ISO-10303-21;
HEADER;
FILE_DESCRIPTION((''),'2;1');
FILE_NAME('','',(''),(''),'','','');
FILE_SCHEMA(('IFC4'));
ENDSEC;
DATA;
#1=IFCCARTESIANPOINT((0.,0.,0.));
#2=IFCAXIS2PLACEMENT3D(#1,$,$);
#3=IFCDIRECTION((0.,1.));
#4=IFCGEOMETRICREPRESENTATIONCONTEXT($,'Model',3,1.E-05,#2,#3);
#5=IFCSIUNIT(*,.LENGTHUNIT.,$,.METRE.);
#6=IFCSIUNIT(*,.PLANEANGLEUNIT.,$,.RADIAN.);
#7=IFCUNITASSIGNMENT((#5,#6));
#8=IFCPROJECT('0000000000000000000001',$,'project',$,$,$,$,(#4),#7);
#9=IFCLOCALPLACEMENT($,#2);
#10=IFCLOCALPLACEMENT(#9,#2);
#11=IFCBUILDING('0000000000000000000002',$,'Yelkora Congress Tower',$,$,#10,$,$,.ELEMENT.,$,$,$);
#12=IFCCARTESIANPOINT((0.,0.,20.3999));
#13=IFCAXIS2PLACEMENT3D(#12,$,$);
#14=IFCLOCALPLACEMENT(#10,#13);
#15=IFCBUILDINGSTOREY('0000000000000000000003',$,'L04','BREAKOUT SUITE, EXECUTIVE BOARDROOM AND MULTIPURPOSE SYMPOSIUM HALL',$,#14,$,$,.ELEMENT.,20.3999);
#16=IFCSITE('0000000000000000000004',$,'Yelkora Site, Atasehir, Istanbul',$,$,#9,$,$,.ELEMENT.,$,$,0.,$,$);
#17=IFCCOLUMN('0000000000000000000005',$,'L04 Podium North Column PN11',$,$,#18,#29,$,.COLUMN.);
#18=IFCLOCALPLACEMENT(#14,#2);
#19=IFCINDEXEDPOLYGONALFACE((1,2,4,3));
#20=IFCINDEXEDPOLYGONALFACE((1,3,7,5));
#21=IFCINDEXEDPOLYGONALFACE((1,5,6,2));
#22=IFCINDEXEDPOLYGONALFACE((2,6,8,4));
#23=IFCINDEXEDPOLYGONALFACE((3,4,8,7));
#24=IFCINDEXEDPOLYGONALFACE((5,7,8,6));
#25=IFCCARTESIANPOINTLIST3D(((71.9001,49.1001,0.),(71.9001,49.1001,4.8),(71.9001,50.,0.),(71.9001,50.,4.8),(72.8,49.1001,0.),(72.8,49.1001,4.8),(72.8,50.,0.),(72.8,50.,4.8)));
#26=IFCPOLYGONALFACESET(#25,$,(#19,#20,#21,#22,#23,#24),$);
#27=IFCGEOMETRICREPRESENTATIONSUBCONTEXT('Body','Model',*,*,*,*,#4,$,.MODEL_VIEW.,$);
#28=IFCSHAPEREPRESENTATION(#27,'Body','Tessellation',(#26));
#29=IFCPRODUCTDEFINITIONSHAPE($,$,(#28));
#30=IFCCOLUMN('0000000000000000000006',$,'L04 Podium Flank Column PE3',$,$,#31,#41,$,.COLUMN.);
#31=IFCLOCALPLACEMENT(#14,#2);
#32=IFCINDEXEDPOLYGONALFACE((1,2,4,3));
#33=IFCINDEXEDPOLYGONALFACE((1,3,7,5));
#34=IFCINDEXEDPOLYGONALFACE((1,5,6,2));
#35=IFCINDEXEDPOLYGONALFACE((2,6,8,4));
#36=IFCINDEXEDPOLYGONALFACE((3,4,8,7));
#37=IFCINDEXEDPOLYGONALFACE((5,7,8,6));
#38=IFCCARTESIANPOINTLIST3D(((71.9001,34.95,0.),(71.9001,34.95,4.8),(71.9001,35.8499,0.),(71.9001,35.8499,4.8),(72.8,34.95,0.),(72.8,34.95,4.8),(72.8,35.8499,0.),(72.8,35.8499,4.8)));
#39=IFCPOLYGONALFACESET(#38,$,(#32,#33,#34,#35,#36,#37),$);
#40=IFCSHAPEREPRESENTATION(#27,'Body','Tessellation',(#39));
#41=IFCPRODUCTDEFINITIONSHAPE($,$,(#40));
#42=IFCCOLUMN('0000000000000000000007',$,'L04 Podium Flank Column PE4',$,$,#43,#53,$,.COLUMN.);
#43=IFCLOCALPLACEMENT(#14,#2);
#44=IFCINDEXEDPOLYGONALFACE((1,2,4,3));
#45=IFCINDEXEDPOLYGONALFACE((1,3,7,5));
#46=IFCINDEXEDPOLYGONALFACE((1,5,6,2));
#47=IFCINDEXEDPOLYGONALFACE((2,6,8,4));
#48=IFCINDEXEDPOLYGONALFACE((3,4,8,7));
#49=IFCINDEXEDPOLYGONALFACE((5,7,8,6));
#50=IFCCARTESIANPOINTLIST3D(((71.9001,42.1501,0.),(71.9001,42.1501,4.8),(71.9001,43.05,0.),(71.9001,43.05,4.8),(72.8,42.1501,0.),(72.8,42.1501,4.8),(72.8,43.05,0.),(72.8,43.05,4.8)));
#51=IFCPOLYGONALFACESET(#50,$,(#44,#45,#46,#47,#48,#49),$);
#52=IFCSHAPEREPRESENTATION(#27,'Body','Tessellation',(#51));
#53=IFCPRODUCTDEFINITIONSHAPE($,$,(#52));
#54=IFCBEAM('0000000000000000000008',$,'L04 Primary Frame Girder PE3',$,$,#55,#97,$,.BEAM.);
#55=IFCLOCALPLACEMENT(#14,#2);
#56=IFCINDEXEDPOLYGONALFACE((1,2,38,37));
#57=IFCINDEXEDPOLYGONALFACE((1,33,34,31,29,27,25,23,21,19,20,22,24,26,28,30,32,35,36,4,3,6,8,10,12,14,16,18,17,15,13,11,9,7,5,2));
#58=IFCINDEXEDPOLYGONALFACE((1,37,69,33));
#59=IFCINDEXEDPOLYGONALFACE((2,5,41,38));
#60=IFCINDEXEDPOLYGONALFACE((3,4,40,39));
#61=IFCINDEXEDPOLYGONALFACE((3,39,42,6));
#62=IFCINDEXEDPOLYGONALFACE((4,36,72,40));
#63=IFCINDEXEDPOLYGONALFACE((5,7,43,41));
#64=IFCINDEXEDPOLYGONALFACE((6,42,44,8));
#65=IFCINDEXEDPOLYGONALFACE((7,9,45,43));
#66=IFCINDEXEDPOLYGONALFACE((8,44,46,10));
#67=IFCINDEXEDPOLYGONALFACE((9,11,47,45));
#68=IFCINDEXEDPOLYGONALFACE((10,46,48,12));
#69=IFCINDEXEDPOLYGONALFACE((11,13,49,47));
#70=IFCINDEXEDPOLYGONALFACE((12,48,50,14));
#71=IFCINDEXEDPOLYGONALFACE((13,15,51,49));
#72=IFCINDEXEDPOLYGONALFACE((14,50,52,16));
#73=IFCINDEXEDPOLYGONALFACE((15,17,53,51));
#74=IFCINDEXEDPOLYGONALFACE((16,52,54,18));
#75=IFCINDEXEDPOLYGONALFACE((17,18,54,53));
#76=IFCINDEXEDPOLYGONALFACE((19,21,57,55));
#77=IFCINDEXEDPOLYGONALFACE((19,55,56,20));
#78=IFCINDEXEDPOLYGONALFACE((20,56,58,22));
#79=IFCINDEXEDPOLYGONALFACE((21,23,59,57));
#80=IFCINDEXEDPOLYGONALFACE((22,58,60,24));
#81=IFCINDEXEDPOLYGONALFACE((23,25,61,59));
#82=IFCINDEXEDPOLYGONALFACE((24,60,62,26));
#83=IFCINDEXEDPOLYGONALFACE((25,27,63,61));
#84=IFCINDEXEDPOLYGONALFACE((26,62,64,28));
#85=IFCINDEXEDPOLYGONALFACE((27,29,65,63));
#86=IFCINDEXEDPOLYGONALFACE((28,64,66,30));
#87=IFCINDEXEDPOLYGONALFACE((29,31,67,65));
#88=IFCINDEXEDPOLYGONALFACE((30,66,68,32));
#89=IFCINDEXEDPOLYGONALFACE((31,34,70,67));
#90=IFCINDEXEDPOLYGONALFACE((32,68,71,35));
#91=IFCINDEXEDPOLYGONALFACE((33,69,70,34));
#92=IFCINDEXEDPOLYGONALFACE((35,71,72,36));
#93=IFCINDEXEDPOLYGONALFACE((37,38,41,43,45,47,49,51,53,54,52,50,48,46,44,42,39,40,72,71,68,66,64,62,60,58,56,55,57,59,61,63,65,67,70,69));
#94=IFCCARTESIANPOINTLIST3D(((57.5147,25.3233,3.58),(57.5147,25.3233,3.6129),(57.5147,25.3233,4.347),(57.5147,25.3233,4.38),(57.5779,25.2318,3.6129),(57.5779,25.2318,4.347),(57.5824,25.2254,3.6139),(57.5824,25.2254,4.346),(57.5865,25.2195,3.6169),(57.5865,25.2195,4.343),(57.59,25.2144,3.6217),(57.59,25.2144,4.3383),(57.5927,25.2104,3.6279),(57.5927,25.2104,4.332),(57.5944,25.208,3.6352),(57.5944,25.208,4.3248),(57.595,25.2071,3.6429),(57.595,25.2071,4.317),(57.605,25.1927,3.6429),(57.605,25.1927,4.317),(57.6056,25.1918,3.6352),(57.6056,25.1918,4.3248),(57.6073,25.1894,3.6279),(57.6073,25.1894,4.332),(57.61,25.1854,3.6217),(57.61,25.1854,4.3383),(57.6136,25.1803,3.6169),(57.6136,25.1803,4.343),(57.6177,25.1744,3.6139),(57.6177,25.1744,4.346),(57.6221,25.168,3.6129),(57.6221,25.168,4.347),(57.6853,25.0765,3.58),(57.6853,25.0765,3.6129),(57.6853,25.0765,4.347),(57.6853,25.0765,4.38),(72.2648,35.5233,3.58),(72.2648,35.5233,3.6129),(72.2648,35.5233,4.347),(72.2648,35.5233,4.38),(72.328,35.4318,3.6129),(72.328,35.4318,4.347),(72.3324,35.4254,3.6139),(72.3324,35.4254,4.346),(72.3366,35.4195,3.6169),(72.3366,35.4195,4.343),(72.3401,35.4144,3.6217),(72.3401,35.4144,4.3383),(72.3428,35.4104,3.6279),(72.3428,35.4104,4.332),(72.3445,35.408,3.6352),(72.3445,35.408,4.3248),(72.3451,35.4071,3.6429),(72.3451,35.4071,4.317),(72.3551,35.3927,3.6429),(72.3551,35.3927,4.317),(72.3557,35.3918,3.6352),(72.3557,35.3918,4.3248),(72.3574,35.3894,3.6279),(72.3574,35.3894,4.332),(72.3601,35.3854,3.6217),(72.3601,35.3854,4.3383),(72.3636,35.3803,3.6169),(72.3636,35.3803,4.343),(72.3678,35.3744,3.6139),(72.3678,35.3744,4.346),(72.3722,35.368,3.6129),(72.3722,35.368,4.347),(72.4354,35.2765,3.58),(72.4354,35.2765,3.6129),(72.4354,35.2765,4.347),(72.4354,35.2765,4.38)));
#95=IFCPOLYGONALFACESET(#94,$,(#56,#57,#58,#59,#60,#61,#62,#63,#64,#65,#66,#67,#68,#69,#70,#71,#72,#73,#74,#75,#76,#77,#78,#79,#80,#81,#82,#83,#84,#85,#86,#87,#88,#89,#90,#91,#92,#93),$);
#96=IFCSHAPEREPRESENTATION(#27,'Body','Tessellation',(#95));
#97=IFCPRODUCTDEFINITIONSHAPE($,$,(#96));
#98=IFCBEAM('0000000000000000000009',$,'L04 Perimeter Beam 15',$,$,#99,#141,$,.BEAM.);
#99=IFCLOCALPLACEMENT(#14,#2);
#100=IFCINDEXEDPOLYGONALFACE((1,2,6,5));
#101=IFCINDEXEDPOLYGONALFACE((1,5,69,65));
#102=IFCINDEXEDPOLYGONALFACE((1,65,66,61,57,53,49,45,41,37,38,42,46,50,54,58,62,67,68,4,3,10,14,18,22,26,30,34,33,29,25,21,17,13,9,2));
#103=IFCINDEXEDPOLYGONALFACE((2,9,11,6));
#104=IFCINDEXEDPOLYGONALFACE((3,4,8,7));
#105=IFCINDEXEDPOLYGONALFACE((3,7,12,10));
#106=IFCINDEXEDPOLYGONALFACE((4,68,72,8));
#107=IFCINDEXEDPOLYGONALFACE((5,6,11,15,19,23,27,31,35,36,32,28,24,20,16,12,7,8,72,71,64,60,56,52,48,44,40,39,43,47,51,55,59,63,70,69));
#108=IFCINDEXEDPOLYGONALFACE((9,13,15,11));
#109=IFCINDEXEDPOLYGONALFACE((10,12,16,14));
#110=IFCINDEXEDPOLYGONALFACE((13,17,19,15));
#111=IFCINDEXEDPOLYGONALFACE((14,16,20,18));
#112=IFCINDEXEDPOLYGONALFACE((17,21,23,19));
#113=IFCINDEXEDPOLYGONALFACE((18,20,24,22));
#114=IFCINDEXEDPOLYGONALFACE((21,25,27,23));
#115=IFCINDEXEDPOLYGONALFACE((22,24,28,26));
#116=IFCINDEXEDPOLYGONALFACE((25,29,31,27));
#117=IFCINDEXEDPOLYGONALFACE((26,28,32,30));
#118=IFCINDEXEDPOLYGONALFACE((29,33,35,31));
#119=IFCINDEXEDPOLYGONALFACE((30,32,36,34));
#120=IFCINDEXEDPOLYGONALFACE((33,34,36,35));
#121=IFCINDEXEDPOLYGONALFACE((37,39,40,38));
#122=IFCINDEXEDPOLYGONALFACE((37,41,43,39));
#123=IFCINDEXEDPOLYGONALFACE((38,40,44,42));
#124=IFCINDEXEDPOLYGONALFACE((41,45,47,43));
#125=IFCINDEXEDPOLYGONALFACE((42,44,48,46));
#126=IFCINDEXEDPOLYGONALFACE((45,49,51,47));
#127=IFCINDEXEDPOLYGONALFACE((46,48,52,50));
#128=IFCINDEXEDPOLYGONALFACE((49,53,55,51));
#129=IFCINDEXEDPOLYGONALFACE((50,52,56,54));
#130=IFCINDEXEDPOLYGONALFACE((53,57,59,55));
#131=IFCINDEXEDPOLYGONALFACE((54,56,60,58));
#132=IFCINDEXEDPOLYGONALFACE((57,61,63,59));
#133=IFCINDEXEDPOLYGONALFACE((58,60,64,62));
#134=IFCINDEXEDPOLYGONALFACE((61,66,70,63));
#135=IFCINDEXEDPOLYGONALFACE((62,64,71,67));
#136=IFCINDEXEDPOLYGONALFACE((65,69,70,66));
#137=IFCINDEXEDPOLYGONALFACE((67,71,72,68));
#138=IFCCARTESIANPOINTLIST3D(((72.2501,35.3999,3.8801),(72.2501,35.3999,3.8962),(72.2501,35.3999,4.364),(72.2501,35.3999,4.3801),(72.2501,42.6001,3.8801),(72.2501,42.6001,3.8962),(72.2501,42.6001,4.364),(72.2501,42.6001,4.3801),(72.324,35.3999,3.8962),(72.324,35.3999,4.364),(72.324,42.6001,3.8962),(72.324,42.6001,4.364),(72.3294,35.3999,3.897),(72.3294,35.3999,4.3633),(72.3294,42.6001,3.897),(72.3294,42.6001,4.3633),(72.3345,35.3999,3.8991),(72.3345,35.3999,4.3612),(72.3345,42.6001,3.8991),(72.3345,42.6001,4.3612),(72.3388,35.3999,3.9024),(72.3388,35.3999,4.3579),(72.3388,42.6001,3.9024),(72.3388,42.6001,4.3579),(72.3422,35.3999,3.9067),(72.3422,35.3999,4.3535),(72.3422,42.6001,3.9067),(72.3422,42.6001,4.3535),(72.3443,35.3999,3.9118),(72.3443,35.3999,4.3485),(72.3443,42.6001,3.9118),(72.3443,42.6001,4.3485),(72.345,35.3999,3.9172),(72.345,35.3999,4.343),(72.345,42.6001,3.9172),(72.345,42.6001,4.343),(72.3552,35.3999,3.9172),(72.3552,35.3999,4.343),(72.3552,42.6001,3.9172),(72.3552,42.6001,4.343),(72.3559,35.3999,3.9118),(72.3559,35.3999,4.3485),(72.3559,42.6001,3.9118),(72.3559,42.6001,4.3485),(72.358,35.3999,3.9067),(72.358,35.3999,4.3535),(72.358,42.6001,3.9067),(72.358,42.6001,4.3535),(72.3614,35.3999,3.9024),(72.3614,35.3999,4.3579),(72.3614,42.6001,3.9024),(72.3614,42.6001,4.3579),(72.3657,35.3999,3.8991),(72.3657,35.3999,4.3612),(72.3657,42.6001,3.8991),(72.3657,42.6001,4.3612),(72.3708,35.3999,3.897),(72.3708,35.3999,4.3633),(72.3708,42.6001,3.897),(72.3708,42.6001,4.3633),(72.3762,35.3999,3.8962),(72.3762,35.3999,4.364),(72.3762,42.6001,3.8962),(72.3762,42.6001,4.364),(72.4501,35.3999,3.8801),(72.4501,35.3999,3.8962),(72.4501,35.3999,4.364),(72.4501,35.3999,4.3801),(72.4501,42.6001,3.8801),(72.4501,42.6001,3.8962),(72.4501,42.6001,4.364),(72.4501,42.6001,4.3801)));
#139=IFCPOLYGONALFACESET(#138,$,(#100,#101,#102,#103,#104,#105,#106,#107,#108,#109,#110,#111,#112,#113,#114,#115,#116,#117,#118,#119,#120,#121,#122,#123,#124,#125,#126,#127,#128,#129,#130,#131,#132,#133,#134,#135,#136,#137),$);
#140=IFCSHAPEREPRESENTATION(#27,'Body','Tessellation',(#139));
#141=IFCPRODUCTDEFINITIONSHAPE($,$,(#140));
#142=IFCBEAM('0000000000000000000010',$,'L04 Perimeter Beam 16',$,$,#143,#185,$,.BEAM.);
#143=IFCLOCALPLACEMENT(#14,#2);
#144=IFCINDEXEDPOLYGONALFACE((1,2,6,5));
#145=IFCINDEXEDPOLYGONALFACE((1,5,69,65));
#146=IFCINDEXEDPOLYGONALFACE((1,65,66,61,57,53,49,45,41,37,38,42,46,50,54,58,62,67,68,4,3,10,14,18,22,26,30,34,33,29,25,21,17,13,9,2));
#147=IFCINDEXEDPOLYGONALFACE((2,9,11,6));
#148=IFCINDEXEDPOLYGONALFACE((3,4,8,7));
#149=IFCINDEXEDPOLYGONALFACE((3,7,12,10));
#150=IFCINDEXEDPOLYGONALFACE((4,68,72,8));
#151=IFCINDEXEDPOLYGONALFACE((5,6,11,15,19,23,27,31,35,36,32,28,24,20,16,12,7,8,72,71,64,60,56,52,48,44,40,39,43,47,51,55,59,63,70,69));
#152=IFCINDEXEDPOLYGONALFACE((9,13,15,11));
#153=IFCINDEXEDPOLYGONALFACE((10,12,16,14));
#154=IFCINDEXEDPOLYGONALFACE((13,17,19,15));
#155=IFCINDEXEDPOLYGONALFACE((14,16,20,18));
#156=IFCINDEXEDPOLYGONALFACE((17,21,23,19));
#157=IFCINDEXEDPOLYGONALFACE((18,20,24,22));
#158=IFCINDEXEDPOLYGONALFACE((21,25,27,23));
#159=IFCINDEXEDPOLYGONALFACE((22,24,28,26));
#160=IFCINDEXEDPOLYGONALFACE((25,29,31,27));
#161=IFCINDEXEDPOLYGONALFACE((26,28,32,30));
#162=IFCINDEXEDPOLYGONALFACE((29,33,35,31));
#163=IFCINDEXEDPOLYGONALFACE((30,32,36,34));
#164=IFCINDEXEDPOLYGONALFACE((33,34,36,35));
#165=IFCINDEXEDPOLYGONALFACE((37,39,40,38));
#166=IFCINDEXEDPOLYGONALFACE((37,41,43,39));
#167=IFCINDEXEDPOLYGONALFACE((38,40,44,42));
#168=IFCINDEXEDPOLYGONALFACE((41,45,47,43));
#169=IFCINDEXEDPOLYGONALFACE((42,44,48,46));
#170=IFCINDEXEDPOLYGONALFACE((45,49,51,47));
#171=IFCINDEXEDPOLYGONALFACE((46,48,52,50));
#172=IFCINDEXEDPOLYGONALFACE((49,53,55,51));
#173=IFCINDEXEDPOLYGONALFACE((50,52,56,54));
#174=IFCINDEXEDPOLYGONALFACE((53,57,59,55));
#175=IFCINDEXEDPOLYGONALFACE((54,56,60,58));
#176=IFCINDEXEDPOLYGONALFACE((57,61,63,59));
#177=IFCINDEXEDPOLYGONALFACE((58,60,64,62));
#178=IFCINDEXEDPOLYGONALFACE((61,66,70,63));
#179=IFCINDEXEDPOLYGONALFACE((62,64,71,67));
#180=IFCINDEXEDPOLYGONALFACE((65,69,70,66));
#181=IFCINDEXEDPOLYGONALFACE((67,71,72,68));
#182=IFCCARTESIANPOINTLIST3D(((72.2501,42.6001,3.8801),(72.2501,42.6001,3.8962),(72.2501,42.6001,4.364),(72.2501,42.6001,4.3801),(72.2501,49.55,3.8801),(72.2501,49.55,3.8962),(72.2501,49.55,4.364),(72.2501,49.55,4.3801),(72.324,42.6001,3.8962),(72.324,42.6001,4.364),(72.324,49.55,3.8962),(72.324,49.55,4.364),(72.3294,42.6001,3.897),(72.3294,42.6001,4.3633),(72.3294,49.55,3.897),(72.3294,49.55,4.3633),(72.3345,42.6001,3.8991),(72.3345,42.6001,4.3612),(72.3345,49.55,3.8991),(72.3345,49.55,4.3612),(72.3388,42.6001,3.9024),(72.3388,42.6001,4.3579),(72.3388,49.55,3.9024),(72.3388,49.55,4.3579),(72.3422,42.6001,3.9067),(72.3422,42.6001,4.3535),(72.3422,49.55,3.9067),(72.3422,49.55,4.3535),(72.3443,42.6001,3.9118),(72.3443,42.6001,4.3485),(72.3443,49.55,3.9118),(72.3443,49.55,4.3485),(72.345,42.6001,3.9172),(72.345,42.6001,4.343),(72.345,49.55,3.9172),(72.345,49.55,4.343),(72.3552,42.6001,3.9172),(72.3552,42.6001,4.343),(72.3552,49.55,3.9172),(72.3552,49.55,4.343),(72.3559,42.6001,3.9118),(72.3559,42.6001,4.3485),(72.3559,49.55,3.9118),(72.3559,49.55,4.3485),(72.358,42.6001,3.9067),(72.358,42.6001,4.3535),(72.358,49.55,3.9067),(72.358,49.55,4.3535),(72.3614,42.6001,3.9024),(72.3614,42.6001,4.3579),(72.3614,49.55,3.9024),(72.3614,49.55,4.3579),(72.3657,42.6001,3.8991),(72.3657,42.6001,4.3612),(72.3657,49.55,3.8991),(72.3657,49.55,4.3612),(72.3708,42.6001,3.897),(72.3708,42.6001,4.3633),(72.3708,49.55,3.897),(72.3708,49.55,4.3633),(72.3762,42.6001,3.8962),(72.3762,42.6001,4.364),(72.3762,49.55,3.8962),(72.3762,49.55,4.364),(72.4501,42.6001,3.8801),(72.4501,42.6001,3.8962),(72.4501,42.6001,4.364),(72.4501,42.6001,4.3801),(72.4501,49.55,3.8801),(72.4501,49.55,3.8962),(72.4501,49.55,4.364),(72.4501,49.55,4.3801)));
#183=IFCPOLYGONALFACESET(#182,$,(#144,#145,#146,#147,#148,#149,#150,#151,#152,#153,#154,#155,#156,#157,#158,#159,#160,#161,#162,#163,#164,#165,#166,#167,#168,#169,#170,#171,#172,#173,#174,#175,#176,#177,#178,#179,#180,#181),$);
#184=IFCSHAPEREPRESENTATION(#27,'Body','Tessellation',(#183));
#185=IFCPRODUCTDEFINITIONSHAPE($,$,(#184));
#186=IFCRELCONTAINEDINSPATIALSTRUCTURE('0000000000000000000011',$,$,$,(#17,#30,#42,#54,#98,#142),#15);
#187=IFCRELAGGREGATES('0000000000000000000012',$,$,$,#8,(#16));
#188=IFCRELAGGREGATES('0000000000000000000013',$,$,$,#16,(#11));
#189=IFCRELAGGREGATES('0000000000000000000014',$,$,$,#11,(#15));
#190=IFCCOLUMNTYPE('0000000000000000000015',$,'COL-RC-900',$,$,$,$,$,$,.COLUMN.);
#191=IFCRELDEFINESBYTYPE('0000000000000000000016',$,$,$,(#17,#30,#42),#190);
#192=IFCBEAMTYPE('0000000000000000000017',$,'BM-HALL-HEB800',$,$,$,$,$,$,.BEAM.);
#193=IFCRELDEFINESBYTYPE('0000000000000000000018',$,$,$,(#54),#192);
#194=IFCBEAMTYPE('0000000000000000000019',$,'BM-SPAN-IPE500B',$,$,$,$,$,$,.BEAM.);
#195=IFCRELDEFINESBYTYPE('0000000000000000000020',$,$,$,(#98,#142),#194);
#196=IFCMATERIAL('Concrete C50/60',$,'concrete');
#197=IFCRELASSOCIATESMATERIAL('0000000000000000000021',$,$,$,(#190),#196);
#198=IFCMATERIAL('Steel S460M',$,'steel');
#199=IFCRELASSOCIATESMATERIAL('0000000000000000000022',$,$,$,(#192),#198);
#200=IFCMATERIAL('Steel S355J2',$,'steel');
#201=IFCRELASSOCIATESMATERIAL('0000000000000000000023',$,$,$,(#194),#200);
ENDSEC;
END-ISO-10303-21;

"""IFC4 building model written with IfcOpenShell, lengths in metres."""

from ifc_helpers import new_model, si_unit, direction, frame, origin, origin_2d, place, context, subcontext, project, spatial, rectangle, i_section, extrude, material, material_profile, profile_set, type_object, element, save


model = new_model("IFC4")

# Units and contexts
model_context = context("Model", 3, precision=1e-05, world=origin(), true_north=direction((0.0, 1.0)))
body_context = subcontext(model_context, "Body", "Model", "MODEL_VIEW")
ifc_project = project(units=[si_unit("LENGTHUNIT", "METRE"), si_unit("PLANEANGLEUNIT", "RADIAN")], contexts=[model_context])

# Site, building, storey
site_placement = place(None, origin())
site = spatial("IfcSite", under=ifc_project, at=site_placement, Name="Yelkora Site, Atasehir, Istanbul", CompositionType="ELEMENT", RefElevation=0.0)
building_placement = place(site_placement, origin())
building = spatial("IfcBuilding", under=site, at=building_placement, Name="Yelkora Congress Tower", CompositionType="ELEMENT")
storey_placement = place(building_placement, frame((0.0, 0.0, 20.3999)))
storey = spatial("IfcBuildingStorey", under=building, at=storey_placement, Name="L04", Description="BREAKOUT SUITE, EXECUTIVE BOARDROOM AND MULTIPURPOSE SYMPOSIUM HALL", CompositionType="ELEMENT", Elevation=20.3999)

# Columns
ifc_material_1 = material(Name="Concrete C50/60", Category="concrete")
ifc_material_profile_1 = material_profile(ifc_material_1, rectangle(XDim=0.8999, YDim=0.8999, at=origin_2d()), Name="RC 900x900")
ifc_profile_set_1 = profile_set([ifc_material_profile_1], Name="Concrete C50/60")
column_type = type_object("IfcColumnType", Name="COL-RC-900", PredefinedType="COLUMN", material=ifc_profile_set_1)
for number, where, z_axis, x_axis, name in (
    (1, (72.3501, 49.55, 0.0), (0.0, 0.0, 1.0), (1.0, 0.0, 0.0), "L04 Podium North Column PN11"),
    (2, (72.3501, 35.3999, 0.0), (0.0, 0.0, 1.0), (1.0, 0.0, 0.0), "L04 Podium Flank Column PE3"),
    (3, (72.3501, 42.6001, 0.0), (0.0, 0.0, 1.0), (1.0, 0.0, 0.0), "L04 Podium Flank Column PE4"),
):
    element("IfcColumn", number, at=place(storey_placement, frame(where, z_axis=z_axis, x_axis=x_axis)), inside=storey, type_object=column_type, Name=name, PredefinedType="COLUMN", context=body_context, shape_type="SweptSolid", body=[
        extrude(rectangle(XDim=0.8999, YDim=0.8999, at=origin_2d()), origin(), (0.0, 0.0, 1.0), 4.8),
    ])

# Beams
ifc_material_2 = material(Name="Steel S460M", Category="steel")
ifc_material_profile_2 = material_profile(ifc_material_2, i_section(OverallWidth=0.3, OverallDepth=0.8, WebThickness=0.0176, FlangeThickness=0.033, FilletRadius=0.03, at=origin_2d()), Name="HEB 800")
ifc_profile_set_2 = profile_set([ifc_material_profile_2], Name="Steel S460M")
beam_type_1 = type_object("IfcBeamType", Name="BM-HALL-HEB800", PredefinedType="BEAM", material=ifc_profile_set_2)
beam_1_placement = place(storey_placement, frame((72.3501, 35.3999, 3.98), z_axis=(-0.822494, -0.568773, 0.0), x_axis=(0.568773, -0.822494, 0.0)))
element("IfcBeam", 4, at=beam_1_placement, inside=storey, type_object=beam_type_1, Name="L04 Primary Frame Girder PE3", PredefinedType="BEAM", context=body_context, shape_type="SweptSolid", body=[
    extrude(i_section(OverallWidth=0.3, OverallDepth=0.8, WebThickness=0.0176, FlangeThickness=0.033, FilletRadius=0.03, at=origin_2d()), origin(), (0.0, 0.0, 1.0), 17.9333),
])
ifc_material_3 = material(Name="Steel S355J2", Category="steel")
ifc_material_profile_3 = material_profile(ifc_material_3, i_section(OverallWidth=0.2, OverallDepth=0.5, WebThickness=0.0103, FlangeThickness=0.0161, FilletRadius=0.021, at=origin_2d()), Name="IPE 500")
ifc_profile_set_3 = profile_set([ifc_material_profile_3], Name="Steel S355J2")
beam_type_2 = type_object("IfcBeamType", Name="BM-SPAN-IPE500B", PredefinedType="BEAM", material=ifc_profile_set_3)
beam_2_placement = place(storey_placement, frame((72.3501, 35.3999, 4.1301), z_axis=(0.0, 1.0, 0.0), x_axis=(-1.0, 0.0, 0.0)))
element("IfcBeam", 5, at=beam_2_placement, inside=storey, type_object=beam_type_2, Name="L04 Perimeter Beam 15", PredefinedType="BEAM", context=body_context, shape_type="SweptSolid", body=[
    extrude(i_section(OverallWidth=0.2, OverallDepth=0.5, WebThickness=0.0103, FlangeThickness=0.0161, FilletRadius=0.021, at=origin_2d()), origin(), (0.0, 0.0, 1.0), 7.2002),
])
beam_3_placement = place(storey_placement, frame((72.3501, 42.6001, 4.1301), z_axis=(0.0, 1.0, 0.0), x_axis=(-1.0, 0.0, 0.0)))
element("IfcBeam", 6, at=beam_3_placement, inside=storey, type_object=beam_type_2, Name="L04 Perimeter Beam 16", PredefinedType="BEAM", context=body_context, shape_type="SweptSolid", body=[
    extrude(i_section(OverallWidth=0.2, OverallDepth=0.5, WebThickness=0.0103, FlangeThickness=0.0161, FilletRadius=0.021, at=origin_2d()), origin(), (0.0, 0.0, 1.0), 6.95),
])

save(model, "model.ifc")
